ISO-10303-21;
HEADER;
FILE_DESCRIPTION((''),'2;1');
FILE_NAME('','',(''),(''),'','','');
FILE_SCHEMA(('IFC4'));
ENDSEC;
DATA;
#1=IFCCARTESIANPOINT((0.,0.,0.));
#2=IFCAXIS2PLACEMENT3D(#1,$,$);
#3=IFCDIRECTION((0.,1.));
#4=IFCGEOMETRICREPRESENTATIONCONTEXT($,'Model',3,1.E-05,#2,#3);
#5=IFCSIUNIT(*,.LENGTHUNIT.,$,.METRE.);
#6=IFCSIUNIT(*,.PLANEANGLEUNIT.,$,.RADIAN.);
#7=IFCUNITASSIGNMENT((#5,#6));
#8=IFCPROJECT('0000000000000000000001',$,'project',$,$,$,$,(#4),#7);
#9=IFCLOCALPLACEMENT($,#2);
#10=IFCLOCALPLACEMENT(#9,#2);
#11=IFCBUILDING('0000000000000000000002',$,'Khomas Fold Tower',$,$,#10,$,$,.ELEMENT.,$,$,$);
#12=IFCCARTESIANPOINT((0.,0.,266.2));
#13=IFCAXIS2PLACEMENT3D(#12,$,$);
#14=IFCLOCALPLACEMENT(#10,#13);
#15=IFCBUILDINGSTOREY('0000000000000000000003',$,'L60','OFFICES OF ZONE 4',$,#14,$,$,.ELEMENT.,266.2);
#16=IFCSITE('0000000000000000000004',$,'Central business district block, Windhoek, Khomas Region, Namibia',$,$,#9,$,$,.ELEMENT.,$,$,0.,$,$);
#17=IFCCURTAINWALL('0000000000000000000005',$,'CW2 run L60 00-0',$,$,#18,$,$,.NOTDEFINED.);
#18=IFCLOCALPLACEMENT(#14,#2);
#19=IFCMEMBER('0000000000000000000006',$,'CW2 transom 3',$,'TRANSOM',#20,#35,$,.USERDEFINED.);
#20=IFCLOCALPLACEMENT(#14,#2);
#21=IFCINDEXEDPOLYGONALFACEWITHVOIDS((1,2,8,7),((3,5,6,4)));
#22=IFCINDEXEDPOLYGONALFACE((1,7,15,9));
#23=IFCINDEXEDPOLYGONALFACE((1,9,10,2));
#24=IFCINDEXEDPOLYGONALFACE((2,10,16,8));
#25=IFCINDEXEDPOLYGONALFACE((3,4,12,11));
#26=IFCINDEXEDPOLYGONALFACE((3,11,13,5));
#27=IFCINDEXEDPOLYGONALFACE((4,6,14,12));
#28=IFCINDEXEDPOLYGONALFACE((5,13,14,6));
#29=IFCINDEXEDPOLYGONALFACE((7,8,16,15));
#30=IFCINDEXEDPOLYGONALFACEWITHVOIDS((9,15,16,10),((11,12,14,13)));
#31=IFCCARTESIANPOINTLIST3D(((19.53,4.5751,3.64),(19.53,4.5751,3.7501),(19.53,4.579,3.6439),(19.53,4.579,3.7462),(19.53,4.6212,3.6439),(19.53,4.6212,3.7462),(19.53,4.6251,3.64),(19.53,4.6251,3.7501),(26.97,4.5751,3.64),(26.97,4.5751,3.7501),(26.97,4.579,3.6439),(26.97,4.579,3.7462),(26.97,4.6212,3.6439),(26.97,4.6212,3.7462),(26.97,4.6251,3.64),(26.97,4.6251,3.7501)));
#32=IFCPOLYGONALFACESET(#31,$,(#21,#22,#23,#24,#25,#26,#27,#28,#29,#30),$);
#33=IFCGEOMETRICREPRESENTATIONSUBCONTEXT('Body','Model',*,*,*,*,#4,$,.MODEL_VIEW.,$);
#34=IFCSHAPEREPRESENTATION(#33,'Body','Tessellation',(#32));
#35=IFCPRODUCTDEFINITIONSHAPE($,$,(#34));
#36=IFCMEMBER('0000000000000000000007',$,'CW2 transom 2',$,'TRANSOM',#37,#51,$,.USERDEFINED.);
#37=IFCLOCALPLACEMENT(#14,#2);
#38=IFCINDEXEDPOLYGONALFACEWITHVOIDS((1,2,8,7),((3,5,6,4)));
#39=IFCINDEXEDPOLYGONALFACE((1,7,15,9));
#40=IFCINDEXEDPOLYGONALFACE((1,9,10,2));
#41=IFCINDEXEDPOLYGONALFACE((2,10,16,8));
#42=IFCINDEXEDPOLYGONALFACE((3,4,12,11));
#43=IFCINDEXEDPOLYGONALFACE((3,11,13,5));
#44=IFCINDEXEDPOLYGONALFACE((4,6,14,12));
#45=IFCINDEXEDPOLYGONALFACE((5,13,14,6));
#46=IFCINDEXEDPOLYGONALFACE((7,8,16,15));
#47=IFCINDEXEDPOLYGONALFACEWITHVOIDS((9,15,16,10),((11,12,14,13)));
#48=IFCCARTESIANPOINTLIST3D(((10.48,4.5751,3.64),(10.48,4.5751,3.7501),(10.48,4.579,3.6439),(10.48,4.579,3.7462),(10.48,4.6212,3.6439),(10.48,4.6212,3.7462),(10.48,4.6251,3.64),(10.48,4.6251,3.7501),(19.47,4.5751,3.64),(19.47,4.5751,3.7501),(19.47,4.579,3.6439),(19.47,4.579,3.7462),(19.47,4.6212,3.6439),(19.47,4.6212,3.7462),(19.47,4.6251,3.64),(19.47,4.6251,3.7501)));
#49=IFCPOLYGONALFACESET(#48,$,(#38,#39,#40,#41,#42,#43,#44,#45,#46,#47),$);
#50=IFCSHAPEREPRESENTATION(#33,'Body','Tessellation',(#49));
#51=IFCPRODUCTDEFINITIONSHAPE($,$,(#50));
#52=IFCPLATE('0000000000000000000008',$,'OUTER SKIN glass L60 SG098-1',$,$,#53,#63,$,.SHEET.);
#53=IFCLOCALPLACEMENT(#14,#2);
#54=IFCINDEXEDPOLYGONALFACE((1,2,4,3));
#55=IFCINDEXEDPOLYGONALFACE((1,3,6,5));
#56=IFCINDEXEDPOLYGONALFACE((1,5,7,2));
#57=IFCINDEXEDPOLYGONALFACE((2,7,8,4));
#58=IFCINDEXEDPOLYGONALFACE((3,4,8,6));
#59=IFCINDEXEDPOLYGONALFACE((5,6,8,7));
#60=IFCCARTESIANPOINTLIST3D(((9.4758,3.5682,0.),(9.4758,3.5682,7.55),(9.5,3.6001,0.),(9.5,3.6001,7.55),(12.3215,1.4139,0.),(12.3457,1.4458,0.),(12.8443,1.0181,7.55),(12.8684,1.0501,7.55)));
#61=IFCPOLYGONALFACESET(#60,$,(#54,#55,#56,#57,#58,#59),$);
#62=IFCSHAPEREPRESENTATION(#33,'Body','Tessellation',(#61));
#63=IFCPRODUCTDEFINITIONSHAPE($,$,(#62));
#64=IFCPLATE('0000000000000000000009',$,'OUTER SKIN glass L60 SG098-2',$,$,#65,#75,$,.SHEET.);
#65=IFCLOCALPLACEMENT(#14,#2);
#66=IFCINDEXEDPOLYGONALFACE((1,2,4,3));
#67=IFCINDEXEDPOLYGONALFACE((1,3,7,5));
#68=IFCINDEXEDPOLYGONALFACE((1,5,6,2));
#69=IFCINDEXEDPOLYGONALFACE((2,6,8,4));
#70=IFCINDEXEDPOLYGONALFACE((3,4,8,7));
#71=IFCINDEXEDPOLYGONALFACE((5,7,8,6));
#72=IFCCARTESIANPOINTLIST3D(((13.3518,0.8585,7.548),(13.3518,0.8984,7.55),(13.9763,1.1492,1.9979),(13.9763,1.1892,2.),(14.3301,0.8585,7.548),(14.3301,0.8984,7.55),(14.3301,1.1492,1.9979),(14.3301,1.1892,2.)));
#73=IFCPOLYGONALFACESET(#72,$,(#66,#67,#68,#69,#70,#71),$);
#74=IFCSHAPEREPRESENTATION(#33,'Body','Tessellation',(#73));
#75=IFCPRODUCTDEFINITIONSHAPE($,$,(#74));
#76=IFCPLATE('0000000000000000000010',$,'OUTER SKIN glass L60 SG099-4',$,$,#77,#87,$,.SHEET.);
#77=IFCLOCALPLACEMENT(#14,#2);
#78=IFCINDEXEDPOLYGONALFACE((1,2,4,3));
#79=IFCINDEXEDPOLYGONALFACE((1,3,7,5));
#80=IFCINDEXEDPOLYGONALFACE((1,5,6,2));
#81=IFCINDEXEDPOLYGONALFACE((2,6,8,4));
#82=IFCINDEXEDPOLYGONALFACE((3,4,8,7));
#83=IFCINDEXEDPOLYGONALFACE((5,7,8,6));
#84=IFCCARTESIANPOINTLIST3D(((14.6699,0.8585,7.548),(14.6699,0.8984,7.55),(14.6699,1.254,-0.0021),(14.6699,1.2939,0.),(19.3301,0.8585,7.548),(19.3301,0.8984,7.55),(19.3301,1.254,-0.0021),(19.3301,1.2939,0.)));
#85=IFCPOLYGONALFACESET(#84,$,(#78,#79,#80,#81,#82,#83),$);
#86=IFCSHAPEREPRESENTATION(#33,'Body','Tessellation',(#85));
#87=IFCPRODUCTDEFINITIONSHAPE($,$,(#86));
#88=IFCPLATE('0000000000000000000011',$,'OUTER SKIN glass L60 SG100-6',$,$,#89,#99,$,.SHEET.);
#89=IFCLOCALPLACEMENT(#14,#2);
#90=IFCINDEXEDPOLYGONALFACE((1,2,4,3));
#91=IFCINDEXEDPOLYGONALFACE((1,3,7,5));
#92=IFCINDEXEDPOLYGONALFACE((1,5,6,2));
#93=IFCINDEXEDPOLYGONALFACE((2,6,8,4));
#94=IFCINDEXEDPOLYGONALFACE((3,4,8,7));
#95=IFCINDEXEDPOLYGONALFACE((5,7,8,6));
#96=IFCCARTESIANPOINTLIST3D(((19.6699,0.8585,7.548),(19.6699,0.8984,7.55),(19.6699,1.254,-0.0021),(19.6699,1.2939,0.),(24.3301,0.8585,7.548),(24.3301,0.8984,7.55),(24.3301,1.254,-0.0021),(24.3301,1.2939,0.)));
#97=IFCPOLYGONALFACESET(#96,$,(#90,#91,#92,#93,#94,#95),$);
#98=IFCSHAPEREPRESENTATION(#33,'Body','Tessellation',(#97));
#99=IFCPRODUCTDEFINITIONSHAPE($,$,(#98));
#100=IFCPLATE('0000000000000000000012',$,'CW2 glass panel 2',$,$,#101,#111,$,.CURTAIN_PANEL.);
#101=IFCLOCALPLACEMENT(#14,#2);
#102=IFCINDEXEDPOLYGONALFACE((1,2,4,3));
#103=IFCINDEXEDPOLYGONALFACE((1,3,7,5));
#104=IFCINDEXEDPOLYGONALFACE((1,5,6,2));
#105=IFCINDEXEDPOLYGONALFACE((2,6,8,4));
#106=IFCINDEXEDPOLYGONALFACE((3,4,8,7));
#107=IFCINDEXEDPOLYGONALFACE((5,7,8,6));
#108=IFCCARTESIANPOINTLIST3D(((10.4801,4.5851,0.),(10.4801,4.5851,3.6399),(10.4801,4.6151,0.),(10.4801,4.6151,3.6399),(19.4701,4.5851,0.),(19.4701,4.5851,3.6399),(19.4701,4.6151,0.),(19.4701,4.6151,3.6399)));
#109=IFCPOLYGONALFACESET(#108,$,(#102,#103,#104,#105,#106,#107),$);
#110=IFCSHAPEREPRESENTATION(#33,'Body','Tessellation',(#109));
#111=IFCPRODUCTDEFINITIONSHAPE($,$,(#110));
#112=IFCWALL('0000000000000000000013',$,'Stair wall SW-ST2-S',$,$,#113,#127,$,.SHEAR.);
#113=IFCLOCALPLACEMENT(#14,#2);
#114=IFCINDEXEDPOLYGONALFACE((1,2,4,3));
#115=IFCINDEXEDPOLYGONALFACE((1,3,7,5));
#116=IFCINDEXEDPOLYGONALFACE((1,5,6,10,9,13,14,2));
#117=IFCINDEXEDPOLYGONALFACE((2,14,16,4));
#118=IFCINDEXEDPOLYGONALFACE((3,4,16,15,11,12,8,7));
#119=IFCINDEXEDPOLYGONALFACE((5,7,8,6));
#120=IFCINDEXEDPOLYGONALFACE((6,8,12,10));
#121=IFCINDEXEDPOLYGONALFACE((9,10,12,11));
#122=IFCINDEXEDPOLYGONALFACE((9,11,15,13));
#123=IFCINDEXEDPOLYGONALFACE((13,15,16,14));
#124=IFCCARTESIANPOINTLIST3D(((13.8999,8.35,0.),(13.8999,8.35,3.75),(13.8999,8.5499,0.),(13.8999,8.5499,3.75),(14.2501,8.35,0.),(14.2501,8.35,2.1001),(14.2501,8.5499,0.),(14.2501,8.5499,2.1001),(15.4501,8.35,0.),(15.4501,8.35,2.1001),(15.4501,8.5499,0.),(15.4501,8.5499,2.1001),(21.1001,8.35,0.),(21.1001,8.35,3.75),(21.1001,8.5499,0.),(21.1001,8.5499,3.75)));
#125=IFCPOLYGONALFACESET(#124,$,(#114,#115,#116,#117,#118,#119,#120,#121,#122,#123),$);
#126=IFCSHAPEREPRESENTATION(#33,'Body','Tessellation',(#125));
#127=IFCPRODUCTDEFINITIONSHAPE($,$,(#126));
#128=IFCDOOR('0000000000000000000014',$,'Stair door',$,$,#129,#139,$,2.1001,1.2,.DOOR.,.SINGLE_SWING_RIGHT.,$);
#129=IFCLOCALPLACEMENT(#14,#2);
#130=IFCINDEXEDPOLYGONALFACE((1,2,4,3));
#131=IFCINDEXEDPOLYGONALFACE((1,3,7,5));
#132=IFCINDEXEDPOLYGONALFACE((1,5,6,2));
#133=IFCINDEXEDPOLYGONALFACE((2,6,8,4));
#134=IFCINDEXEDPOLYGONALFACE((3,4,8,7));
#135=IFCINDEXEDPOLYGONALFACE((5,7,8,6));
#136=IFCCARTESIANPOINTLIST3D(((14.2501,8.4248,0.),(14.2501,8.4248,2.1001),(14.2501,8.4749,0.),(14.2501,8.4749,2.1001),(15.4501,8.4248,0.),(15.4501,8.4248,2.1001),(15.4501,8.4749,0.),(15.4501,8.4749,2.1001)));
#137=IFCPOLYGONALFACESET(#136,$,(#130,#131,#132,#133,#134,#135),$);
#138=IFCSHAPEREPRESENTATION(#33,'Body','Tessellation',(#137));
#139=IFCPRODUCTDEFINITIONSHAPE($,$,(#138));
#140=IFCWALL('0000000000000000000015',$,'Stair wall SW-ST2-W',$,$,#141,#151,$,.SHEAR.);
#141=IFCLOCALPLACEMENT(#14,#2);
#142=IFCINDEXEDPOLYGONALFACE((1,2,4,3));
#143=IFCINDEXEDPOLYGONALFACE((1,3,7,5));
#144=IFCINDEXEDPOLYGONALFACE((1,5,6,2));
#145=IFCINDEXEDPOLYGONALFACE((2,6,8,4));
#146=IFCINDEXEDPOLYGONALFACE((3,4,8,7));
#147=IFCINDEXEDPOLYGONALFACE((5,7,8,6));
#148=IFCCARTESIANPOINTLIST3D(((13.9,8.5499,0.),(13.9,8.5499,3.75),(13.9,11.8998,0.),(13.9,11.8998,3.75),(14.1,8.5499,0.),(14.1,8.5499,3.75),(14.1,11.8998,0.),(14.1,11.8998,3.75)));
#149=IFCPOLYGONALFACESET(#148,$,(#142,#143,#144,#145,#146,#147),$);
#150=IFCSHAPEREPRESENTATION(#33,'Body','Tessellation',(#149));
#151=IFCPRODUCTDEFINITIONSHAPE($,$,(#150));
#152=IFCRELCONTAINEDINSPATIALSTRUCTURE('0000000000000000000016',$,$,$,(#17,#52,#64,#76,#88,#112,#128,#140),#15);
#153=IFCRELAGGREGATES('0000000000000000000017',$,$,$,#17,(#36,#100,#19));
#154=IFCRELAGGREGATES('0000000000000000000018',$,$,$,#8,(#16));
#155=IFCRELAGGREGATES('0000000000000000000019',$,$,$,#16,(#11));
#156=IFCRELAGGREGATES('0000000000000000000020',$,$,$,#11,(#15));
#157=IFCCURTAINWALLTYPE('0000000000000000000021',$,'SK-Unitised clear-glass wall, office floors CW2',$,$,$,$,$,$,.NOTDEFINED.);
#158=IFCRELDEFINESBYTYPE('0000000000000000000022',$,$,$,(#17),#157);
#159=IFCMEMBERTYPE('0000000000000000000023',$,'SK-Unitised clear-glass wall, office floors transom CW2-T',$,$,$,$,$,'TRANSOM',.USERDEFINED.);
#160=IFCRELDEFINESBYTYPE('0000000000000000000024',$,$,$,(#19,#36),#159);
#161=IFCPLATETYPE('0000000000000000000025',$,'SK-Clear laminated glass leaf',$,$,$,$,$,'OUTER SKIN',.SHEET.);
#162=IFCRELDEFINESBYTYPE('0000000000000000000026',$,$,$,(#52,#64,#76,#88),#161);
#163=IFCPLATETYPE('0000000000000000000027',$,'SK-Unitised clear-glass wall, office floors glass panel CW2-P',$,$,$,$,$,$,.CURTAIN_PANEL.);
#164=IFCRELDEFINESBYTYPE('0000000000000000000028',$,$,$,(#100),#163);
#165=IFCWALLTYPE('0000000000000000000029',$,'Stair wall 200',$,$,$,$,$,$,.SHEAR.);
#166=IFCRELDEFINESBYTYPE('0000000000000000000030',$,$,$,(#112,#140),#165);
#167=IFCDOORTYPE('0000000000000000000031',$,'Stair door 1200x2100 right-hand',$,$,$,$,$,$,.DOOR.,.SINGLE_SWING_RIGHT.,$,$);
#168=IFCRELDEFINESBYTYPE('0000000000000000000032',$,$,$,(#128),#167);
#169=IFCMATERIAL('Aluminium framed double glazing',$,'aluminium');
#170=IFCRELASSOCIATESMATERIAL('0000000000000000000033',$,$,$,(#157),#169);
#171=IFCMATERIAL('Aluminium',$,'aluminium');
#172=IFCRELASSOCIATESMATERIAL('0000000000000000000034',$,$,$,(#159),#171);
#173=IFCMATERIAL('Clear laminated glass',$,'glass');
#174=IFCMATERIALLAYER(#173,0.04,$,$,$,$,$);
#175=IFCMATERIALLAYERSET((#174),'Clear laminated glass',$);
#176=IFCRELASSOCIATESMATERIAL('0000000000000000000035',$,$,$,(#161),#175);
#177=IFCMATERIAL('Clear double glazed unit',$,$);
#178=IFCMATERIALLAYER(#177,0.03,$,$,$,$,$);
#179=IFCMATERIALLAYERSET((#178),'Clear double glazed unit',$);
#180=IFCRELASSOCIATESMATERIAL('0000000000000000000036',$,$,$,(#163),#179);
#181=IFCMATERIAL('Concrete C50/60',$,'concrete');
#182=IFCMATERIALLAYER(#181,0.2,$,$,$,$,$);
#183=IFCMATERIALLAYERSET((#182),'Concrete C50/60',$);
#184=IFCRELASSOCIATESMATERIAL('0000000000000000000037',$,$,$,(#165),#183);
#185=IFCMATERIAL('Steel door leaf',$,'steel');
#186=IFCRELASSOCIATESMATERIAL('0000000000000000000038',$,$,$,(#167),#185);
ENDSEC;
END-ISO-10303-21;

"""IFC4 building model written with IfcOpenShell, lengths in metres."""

from ifc_helpers import new_model, si_unit, direction, frame, frame_2d, origin, origin_2d, place, context, subcontext, project, spatial, polyline, rectangle, hollow_rectangle, outline, extrude, source, transform, mapped, material, layer, layer_set, material_profile, profile_set, type_object, element, fill, aggregate, save


model = new_model("IFC4")

# Units and contexts
model_context = context("Model", 3, precision=1e-05, world=origin(), true_north=direction((0.0, 1.0)))
body_context = subcontext(model_context, "Body", "Model", "MODEL_VIEW")
ifc_project = project(units=[si_unit("LENGTHUNIT", "METRE"), si_unit("PLANEANGLEUNIT", "RADIAN")], contexts=[model_context])

# Site, building, storey
site_placement = place(None, origin())
site = spatial("IfcSite", under=ifc_project, at=site_placement, Name="Central business district block, Windhoek, Khomas Region, Namibia", CompositionType="ELEMENT", RefElevation=0.0)
building_placement = place(site_placement, origin())
building = spatial("IfcBuilding", under=site, at=building_placement, Name="Khomas Fold Tower", CompositionType="ELEMENT")
storey_placement = place(building_placement, frame((0.0, 0.0, 266.2)))
storey = spatial("IfcBuildingStorey", under=building, at=storey_placement, Name="L60", Description="OFFICES OF ZONE 4", CompositionType="ELEMENT", Elevation=266.2)

# Curtain wall, members
ifc_material_1 = material(Name="Aluminium framed double glazing", Category="aluminium")
curtain_wall_type = type_object("IfcCurtainWallType", Name="SK-Unitised clear-glass wall, office floors CW2", PredefinedType="NOTDEFINED", material=ifc_material_1)
curtain_wall_placement = place(storey_placement, origin())
curtain_wall = element("IfcCurtainWall", 1, at=curtain_wall_placement, inside=storey, type_object=curtain_wall_type, Name="CW2 run L60 00-0", PredefinedType="NOTDEFINED")
ifc_material_2 = material(Name="Aluminium", Category="aluminium")
ifc_material_profile_1 = material_profile(ifc_material_2, hollow_rectangle(XDim=0.05, YDim=0.1101, WallThickness=0.0039, at=origin_2d()), Name="SK-Unitised clear-glass wall, office floors transom CW2-T")
ifc_profile_set_1 = profile_set([ifc_material_profile_1], Name="Aluminium")
member_type_1 = type_object("IfcMemberType", Name="SK-Unitised clear-glass wall, office floors transom CW2-T", ElementType="TRANSOM", PredefinedType="USERDEFINED", material=ifc_profile_set_1)
shared_shape_1 = source(origin(), body_context, "Body", "SweptSolid", [
    extrude(hollow_rectangle(XDim=0.05, YDim=0.1101, WallThickness=0.0039, at=origin_2d()), origin(), (0.0, 0.0, 1.0), 7.4399),
])
member_1_placement = place(storey_placement, frame((19.53, 4.6001, 3.6951), z_axis=(1.0, 0.0, 0.0), x_axis=(0.0, 1.0, 0.0)))
member_1 = element("IfcMember", 2, at=member_1_placement, type_object=member_type_1, Name="CW2 transom 3", ObjectType="TRANSOM", PredefinedType="USERDEFINED", context=body_context, shape_type="MappedRepresentation", body=[
    mapped(shared_shape_1, transform((0.0, 0.0, 0.0))),
])
shared_shape_2 = source(origin(), body_context, "Body", "SweptSolid", [
    extrude(hollow_rectangle(XDim=0.05, YDim=0.1101, WallThickness=0.0039, at=origin_2d()), origin(), (0.0, 0.0, 1.0), 8.99),
])
member_2_placement = place(storey_placement, frame((10.48, 4.6001, 3.6951), z_axis=(1.0, 0.0, 0.0), x_axis=(0.0, 1.0, 0.0)))
member_2 = element("IfcMember", 3, at=member_2_placement, type_object=member_type_1, Name="CW2 transom 2", ObjectType="TRANSOM", PredefinedType="USERDEFINED", context=body_context, shape_type="MappedRepresentation", body=[
    mapped(shared_shape_2, transform((0.0, 0.0, 0.0))),
])

# Plates
ifc_material_3 = material(Name="Clear laminated glass", Category="glass")
ifc_layer_1 = layer(ifc_material_3, 0.04)
ifc_layer_set_1 = layer_set([ifc_layer_1], Name="Clear laminated glass")
plate_type_1 = type_object("IfcPlateType", Name="SK-Clear laminated glass leaf", ElementType="OUTER SKIN", PredefinedType="SHEET", material=ifc_layer_set_1)
plate_1_placement = place(storey_placement, frame((12.3457, 1.4458, 0.0), z_axis=(0.603587, 0.797297, 0.000002), x_axis=(-0.797297, 0.603587, 0.0)))
element("IfcPlate", 4, at=plate_1_placement, inside=storey, type_object=plate_type_1, Name="OUTER SKIN glass L60 SG098-1", PredefinedType="SHEET", context=body_context, shape_type="SweptSolid", body=[
    extrude(outline(polyline([(0.0, 0.0), (3.5692, 0.0), (3.5692, 7.55), (-0.6556, 7.55), (0.0, 0.0)])), origin(), (0.0, 0.0, -1.0), 0.04),
])
plate_2_placement = place(storey_placement, frame((13.3518, 0.8984, 7.55), z_axis=(0.0, 0.99863, 0.052319), x_axis=(1.0, 0.0, 0.0)))
element("IfcPlate", 5, at=plate_2_placement, inside=storey, type_object=plate_type_1, Name="OUTER SKIN glass L60 SG098-2", PredefinedType="SHEET", context=body_context, shape_type="SweptSolid", body=[
    extrude(outline(polyline([(0.0, 0.0), (0.9783, 0.0), (0.9783, 5.5577), (0.6245, 5.5577), (0.0, 0.0)])), origin(), (0.0, 0.0, -1.0), 0.04),
])
for number, where, z_axis, x_axis, name in (
    (6, (14.6699, 1.2939, 0.0), (0.0, 0.998631, 0.052313), (0.0, -0.052313, 0.998631), "OUTER SKIN glass L60 SG099-4"),
    (7, (19.6699, 1.2939, 0.0), (0.0, 0.998631, 0.052313), (0.0, -0.052313, 0.998631), "OUTER SKIN glass L60 SG100-6"),
):
    element("IfcPlate", number, at=place(storey_placement, frame(where, z_axis=z_axis, x_axis=x_axis)), inside=storey, type_object=plate_type_1, Name=name, PredefinedType="SHEET", context=body_context, shape_type="SweptSolid", body=[
        extrude(outline(polyline([(0.0, 0.0), (7.5604, 0.0), (7.5604, 4.6602), (0.0, 4.6602), (0.0, 0.0)])), origin(), (0.0, 0.0, -1.0), 0.04),
    ])

# Plate
ifc_material_4 = material(Name="Clear double glazed unit")
ifc_layer_2 = layer(ifc_material_4, 0.03)
ifc_layer_set_2 = layer_set([ifc_layer_2], Name="Clear double glazed unit")
plate_type_2 = type_object("IfcPlateType", Name="SK-Unitised clear-glass wall, office floors glass panel CW2-P", PredefinedType="CURTAIN_PANEL", material=ifc_layer_set_2)
shared_shape_3 = source(origin(), body_context, "Body", "SweptSolid", [
    extrude(rectangle(XDim=8.99, YDim=0.03, at=origin_2d()), origin(), (0.0, 0.0, 1.0), 3.6399),
])
plate_3_placement = place(storey_placement, frame((14.9751, 4.6001, 0.0), z_axis=(0.0, 0.0, 1.0), x_axis=(1.0, 0.0, 0.0)))
plate_3 = element("IfcPlate", 8, at=plate_3_placement, type_object=plate_type_2, Name="CW2 glass panel 2", PredefinedType="CURTAIN_PANEL", context=body_context, shape_type="MappedRepresentation", body=[
    mapped(shared_shape_3, transform((0.0, 0.0, 0.0))),
])
aggregate(curtain_wall, [member_2, plate_3, member_1])

# Wall, opening, door
ifc_material_5 = material(Name="Concrete C50/60", Category="concrete")
ifc_layer_3 = layer(ifc_material_5, 0.2)
ifc_layer_set_3 = layer_set([ifc_layer_3], Name="Concrete C50/60")
wall_type = type_object("IfcWallType", Name="Stair wall 200", PredefinedType="SHEAR", material=ifc_layer_set_3)
shared_shape_4 = source(origin(), body_context, "Body", "SweptSolid", [
    extrude(rectangle(XDim=7.2002, YDim=0.2, at=frame_2d((3.6001, 0.0))), origin(), (0.0, 0.0, 1.0), 3.75),
])
wall_1_placement = place(storey_placement, frame((13.8999, 8.45, 0.0), z_axis=(0.0, 0.0, 1.0), x_axis=(1.0, 0.0, 0.0)))
wall_1 = element("IfcWall", 9, at=wall_1_placement, inside=storey, type_object=wall_type, Name="Stair wall SW-ST2-S", PredefinedType="SHEAR", context=body_context, shape_type="MappedRepresentation", body=[
    mapped(shared_shape_4, transform((0.0, 0.0, 0.0))),
])
shared_shape_5 = source(origin(), body_context, "Body", "SweptSolid", [
    extrude(rectangle(XDim=1.2, YDim=2.1001, at=frame_2d((0.6001, 1.05))), frame((0.0, 0.1099, 0.0), z_axis=(0.0, -1.0, 0.0), x_axis=(1.0, 0.0, 0.0)), (0.0, 0.0, 1.0), 0.22),
])
opening_placement = place(wall_1_placement, frame((0.3501, 0.0, 0.0)))
opening = element("IfcOpeningElement", 10, at=opening_placement, cuts=wall_1, PredefinedType="OPENING", context=body_context, shape_type="MappedRepresentation", body=[
    mapped(shared_shape_5, transform((0.0, 0.0, 0.0))),
])
ifc_material_6 = material(Name="Steel door leaf", Category="steel")
door_type = type_object("IfcDoorType", Name="Stair door 1200x2100 right-hand", OperationType="SINGLE_SWING_RIGHT", PredefinedType="DOOR", material=ifc_material_6)
shared_shape_6 = source(origin(), body_context, "Body", "SweptSolid", [
    extrude(rectangle(XDim=1.2, YDim=2.1001, at=frame_2d((0.6001, 1.05))), frame((0.0, 0.0249, 0.0), z_axis=(0.0, -1.0, 0.0), x_axis=(1.0, 0.0, 0.0)), (0.0, 0.0, 1.0), 0.05),
])
door_placement = place(opening_placement, origin())
door = element("IfcDoor", 11, at=door_placement, inside=storey, type_object=door_type, Name="Stair door", OperationType="SINGLE_SWING_RIGHT", OverallHeight=2.1001, OverallWidth=1.2, PredefinedType="DOOR", context=body_context, shape_type="MappedRepresentation", body=[
    mapped(shared_shape_6, transform((0.0, 0.0, 0.0))),
])
fill(opening, door)

# Wall
shared_shape_7 = source(origin(), body_context, "Body", "SweptSolid", [
    extrude(rectangle(XDim=3.3499, YDim=0.2, at=frame_2d((1.6748, 0.0))), origin(), (0.0, 0.0, 1.0), 3.75),
])
wall_2_placement = place(storey_placement, frame((14.0, 8.55, 0.0), z_axis=(0.0, 0.0, 1.0), x_axis=(0.0, 1.0, 0.0)))
element("IfcWall", 12, at=wall_2_placement, inside=storey, type_object=wall_type, Name="Stair wall SW-ST2-W", PredefinedType="SHEAR", context=body_context, shape_type="MappedRepresentation", body=[
    mapped(shared_shape_7, transform((0.0, 0.0, 0.0))),
])

save(model, "model.ifc")
